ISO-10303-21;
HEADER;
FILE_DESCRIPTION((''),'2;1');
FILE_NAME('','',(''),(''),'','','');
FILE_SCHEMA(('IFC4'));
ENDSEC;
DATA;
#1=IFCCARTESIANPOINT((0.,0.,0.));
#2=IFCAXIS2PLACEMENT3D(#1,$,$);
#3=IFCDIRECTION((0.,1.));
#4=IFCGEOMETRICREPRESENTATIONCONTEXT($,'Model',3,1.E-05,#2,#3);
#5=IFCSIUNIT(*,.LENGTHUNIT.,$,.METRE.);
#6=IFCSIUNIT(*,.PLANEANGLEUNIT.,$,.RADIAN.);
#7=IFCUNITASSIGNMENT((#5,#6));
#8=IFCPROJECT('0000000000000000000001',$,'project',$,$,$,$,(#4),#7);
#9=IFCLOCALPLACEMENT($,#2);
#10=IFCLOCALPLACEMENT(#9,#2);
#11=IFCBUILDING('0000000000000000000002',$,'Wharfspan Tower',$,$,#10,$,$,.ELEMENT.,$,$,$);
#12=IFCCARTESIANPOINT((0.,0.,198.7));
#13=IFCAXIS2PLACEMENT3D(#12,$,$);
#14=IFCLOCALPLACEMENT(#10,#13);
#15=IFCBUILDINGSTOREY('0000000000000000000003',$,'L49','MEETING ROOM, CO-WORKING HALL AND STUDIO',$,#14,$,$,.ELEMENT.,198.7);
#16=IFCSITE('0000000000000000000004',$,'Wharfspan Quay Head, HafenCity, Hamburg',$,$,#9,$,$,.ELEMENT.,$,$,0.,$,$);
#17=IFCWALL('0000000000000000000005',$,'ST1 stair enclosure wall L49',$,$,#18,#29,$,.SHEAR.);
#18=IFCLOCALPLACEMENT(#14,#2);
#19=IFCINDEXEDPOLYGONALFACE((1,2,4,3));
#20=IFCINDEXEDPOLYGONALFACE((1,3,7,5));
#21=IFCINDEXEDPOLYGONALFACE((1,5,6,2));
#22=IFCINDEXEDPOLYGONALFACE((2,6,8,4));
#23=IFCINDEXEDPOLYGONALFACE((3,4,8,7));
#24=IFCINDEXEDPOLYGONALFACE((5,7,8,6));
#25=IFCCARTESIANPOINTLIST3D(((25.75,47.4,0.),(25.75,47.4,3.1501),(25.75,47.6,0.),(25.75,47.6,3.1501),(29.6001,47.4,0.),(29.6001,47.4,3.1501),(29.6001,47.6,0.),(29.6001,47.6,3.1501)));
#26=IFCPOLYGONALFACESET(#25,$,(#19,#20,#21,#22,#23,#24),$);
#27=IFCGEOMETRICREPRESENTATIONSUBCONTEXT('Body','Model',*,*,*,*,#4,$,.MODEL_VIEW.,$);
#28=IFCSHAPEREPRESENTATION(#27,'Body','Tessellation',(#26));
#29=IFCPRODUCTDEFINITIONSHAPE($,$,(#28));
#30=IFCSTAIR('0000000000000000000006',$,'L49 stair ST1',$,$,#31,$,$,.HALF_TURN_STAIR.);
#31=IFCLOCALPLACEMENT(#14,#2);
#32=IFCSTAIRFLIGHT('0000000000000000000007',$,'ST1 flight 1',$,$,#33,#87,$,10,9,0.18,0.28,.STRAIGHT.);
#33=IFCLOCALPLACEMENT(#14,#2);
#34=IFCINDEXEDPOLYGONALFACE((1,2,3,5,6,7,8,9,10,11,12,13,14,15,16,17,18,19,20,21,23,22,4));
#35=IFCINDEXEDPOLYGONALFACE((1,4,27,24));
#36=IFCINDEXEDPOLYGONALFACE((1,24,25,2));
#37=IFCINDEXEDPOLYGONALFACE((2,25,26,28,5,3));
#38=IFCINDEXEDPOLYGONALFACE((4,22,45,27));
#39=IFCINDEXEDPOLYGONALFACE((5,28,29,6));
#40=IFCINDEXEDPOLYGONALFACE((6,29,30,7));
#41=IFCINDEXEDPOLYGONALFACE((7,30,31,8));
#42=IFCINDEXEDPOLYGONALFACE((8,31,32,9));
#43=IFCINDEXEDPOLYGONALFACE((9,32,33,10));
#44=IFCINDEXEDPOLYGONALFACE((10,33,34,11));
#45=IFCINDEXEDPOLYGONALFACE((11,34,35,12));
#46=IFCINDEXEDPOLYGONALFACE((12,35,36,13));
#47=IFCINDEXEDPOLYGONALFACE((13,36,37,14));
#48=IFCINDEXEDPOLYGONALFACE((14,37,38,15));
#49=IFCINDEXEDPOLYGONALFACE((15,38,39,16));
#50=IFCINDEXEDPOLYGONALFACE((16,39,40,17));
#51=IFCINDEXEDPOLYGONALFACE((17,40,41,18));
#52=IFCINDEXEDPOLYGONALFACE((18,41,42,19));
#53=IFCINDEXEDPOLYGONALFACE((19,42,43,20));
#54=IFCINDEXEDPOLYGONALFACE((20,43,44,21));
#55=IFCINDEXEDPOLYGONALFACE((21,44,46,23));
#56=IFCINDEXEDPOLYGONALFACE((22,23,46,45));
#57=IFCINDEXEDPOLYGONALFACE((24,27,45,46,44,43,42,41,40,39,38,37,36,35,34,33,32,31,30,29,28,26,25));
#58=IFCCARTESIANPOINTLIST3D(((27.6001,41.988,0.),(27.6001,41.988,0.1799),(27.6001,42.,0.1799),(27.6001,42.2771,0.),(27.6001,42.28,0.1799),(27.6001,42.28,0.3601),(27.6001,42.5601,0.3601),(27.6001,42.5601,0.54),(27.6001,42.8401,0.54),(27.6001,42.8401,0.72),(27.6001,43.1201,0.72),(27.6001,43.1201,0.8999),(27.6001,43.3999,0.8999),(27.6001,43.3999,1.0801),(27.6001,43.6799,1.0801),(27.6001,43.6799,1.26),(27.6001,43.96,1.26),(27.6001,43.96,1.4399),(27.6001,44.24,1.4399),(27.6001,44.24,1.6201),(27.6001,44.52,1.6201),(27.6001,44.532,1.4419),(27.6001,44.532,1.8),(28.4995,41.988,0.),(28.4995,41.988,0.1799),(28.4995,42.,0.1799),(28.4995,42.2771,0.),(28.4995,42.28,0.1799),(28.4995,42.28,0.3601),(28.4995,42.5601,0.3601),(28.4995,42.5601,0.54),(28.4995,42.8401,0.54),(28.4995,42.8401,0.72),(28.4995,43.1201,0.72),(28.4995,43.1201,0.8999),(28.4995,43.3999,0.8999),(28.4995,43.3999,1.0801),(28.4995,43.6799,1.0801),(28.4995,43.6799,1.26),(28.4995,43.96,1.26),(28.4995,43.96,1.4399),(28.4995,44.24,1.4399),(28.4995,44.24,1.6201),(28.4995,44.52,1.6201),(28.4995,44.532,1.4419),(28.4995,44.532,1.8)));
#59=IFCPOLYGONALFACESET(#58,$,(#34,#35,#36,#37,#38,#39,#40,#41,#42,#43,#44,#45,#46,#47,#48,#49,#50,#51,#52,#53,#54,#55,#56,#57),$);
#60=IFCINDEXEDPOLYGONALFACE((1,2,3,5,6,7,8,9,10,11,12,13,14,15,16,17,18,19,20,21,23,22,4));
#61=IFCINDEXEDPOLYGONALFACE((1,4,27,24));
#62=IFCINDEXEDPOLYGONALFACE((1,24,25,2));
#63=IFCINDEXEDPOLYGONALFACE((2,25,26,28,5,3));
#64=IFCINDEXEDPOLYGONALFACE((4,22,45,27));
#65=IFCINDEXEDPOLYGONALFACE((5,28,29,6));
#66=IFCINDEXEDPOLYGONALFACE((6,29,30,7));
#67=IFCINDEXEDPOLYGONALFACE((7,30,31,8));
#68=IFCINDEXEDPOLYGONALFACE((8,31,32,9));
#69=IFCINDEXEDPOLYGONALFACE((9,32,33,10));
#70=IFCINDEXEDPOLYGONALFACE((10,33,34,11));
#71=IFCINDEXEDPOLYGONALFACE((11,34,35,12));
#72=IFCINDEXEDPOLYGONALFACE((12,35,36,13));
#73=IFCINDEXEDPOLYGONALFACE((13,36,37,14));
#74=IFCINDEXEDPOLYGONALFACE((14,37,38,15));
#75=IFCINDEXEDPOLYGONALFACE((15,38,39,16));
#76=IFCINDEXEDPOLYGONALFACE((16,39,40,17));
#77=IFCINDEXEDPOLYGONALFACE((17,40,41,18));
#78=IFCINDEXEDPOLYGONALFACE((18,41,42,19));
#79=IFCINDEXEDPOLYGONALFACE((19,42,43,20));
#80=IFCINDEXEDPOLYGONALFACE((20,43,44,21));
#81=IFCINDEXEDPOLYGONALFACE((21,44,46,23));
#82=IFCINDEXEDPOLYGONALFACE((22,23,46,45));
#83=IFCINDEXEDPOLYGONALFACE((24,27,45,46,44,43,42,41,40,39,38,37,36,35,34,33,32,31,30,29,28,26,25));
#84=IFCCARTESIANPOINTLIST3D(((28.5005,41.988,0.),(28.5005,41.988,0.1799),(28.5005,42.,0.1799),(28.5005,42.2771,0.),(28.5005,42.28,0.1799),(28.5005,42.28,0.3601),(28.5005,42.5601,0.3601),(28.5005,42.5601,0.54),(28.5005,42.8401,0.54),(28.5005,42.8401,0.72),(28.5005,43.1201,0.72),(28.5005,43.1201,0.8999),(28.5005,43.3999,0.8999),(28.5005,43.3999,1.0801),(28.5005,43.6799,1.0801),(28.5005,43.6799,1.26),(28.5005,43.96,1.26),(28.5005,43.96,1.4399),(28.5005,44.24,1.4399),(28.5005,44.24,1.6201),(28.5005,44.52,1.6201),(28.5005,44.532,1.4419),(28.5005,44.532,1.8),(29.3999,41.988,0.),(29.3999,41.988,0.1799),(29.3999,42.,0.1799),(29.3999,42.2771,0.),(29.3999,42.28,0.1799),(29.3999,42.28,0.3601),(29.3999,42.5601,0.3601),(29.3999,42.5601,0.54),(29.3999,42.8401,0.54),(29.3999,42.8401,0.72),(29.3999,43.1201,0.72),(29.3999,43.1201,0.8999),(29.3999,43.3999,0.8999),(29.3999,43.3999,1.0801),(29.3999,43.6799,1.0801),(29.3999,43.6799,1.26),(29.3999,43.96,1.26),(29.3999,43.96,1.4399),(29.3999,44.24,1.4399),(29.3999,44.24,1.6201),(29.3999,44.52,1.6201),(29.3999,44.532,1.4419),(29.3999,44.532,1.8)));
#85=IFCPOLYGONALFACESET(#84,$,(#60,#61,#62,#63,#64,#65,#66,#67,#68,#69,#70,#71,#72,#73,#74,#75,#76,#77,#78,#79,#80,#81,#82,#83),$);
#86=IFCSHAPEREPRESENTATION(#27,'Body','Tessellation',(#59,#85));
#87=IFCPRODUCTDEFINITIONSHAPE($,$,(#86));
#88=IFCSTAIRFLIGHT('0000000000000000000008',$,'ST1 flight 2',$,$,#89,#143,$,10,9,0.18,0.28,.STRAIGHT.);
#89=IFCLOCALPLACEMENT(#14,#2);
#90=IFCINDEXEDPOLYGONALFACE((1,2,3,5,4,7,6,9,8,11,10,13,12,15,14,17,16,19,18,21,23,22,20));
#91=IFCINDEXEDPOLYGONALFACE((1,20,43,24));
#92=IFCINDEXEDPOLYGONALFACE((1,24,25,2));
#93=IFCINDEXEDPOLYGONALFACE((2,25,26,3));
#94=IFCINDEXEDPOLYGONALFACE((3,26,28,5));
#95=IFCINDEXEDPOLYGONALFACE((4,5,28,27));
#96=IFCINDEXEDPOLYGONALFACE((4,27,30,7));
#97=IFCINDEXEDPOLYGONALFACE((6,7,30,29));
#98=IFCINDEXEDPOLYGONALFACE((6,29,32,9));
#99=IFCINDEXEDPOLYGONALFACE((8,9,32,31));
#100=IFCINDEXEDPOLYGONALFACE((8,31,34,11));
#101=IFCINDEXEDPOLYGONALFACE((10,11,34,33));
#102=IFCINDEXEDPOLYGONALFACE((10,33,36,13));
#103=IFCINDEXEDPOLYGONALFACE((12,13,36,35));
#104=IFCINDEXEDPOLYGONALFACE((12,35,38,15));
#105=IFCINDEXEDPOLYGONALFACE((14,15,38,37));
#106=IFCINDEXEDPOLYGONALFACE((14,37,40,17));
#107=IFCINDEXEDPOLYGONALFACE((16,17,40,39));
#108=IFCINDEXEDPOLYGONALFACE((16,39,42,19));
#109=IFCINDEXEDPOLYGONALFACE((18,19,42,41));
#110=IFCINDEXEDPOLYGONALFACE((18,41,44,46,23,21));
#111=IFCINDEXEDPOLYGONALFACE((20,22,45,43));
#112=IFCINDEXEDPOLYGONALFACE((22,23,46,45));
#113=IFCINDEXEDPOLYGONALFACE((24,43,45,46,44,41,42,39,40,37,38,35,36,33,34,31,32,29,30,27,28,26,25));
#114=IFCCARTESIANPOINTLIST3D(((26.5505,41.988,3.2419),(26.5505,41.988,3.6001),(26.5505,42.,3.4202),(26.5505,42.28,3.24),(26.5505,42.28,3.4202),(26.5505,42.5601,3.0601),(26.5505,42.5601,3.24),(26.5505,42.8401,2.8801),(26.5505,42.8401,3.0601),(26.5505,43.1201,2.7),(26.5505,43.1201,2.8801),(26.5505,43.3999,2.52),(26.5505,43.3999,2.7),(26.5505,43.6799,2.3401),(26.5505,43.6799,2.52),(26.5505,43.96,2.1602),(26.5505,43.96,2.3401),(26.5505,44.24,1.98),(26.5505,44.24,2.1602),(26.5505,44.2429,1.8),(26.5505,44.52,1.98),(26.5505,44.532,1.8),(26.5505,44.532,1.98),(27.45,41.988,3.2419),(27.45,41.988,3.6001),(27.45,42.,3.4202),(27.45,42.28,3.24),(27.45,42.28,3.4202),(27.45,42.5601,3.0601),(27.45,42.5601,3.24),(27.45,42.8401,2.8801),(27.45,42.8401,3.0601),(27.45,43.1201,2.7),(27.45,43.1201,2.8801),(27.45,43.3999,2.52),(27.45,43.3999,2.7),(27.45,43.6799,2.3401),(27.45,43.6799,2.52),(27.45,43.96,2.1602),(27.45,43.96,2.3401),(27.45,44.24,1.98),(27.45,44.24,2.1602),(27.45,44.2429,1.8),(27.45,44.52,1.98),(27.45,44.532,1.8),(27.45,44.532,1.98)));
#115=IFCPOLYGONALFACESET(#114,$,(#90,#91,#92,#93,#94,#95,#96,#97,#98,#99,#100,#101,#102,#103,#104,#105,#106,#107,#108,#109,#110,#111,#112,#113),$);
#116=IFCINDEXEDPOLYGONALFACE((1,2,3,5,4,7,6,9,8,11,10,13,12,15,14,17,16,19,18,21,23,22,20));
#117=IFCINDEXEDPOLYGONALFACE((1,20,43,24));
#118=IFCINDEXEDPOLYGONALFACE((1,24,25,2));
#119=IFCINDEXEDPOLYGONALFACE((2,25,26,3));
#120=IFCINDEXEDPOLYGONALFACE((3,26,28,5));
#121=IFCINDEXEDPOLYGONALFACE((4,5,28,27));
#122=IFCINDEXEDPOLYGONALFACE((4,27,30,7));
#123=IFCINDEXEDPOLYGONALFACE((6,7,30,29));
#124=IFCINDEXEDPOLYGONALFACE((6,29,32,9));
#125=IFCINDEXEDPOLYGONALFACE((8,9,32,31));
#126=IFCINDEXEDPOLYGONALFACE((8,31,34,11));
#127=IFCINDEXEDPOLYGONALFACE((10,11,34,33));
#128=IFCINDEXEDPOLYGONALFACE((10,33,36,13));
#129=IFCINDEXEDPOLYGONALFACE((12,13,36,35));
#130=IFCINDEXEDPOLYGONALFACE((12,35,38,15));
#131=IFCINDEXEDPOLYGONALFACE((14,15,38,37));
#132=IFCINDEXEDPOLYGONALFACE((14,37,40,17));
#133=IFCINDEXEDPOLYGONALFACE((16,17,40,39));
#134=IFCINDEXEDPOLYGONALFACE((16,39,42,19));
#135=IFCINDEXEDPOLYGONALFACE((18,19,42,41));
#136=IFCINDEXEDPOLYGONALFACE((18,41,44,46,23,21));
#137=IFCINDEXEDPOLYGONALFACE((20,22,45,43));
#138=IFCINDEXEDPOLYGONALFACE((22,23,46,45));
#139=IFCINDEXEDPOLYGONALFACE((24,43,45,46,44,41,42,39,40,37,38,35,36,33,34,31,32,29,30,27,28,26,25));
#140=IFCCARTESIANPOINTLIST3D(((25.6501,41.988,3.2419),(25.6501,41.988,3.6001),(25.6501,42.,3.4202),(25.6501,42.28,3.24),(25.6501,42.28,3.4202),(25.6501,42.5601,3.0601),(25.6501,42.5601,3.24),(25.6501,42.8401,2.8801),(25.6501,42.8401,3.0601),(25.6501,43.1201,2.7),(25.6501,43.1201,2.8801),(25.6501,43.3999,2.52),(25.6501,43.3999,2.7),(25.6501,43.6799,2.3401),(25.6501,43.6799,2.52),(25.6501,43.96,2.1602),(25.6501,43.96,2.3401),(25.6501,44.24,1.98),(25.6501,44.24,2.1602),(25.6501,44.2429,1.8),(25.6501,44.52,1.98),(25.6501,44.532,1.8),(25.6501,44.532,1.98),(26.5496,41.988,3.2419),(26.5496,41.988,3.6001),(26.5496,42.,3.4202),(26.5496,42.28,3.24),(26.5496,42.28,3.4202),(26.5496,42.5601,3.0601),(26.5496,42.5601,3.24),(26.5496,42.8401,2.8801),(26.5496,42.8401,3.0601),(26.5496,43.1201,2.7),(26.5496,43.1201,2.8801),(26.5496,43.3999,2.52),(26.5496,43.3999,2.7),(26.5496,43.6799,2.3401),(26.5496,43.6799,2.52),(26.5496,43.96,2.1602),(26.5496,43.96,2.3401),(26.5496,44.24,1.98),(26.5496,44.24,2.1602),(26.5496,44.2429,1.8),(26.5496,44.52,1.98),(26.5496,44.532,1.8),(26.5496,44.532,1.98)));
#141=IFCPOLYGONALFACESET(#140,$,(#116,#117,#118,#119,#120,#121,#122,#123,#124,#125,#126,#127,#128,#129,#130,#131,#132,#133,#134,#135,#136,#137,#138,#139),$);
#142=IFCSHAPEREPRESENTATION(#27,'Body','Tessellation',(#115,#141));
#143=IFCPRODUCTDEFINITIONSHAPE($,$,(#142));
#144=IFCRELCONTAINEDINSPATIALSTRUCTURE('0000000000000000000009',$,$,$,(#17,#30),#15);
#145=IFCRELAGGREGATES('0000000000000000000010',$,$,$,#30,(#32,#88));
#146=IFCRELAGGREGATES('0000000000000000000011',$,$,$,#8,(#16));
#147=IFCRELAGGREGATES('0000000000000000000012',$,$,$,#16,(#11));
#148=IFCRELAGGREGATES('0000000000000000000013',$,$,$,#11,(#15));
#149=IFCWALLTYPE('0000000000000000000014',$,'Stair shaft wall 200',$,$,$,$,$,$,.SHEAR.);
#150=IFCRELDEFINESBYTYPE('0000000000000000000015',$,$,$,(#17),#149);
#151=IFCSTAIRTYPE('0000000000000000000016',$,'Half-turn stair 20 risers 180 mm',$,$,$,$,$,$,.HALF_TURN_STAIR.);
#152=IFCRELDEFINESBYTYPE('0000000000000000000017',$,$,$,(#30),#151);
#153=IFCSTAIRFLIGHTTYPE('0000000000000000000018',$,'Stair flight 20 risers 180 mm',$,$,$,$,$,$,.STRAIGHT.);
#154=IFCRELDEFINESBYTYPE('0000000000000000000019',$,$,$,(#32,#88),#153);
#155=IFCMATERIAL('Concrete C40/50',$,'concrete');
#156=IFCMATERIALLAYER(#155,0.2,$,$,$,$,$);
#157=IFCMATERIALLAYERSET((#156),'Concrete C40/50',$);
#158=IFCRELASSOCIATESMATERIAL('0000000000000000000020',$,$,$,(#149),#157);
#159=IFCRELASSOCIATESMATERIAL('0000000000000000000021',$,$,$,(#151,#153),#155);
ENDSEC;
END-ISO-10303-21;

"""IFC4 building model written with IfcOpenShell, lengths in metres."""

from ifc_helpers import new_model, si_unit, direction, frame, frame_2d, origin, place, context, subcontext, project, spatial, polyline, rectangle, outline, extrude, material, layer, layer_set, type_object, element, aggregate, save


model = new_model("IFC4")

# Units and contexts
model_context = context("Model", 3, precision=1e-05, world=origin(), true_north=direction((0.0, 1.0)))
body_context = subcontext(model_context, "Body", "Model", "MODEL_VIEW")
ifc_project = project(units=[si_unit("LENGTHUNIT", "METRE"), si_unit("PLANEANGLEUNIT", "RADIAN")], contexts=[model_context])

# Site, building, storey
site_placement = place(None, origin())
site = spatial("IfcSite", under=ifc_project, at=site_placement, Name="Wharfspan Quay Head, HafenCity, Hamburg", CompositionType="ELEMENT", RefElevation=0.0)
building_placement = place(site_placement, origin())
building = spatial("IfcBuilding", under=site, at=building_placement, Name="Wharfspan Tower", CompositionType="ELEMENT")
storey_placement = place(building_placement, frame((0.0, 0.0, 198.7)))
storey = spatial("IfcBuildingStorey", under=building, at=storey_placement, Name="L49", Description="MEETING ROOM, CO-WORKING HALL AND STUDIO", CompositionType="ELEMENT", Elevation=198.7)

# Wall
ifc_material_1 = material(Name="Concrete C40/50", Category="concrete")
ifc_layer_1 = layer(ifc_material_1, 0.2)
ifc_layer_set_1 = layer_set([ifc_layer_1], Name="Concrete C40/50")
wall_type_1 = type_object("IfcWallType", Name="Stair shaft wall 200", PredefinedType="SHEAR", material=ifc_layer_set_1)
wall_1_placement = place(storey_placement, frame((25.75, 47.5, 0.0), z_axis=(0.0, 0.0, 1.0), x_axis=(1.0, 0.0, 0.0)))
element("IfcWall", 1, at=wall_1_placement, inside=storey, type_object=wall_type_1, Name="ST1 stair enclosure wall L49", PredefinedType="SHEAR", context=body_context, shape_type="SweptSolid", body=[
    extrude(rectangle(XDim=3.8501, YDim=0.2, at=frame_2d((1.925, 0.0))), origin(), (0.0, 0.0, 1.0), 3.1501),
])

# Stair, stair flights
stair_type = type_object("IfcStairType", Name="Half-turn stair 20 risers 180 mm", PredefinedType="HALF_TURN_STAIR", material=ifc_material_1)
stair_placement = place(storey_placement, origin())
stair = element("IfcStair", 2, at=stair_placement, inside=storey, type_object=stair_type, Name="L49 stair ST1", PredefinedType="HALF_TURN_STAIR")
stair_flight_type = type_object("IfcStairFlightType", Name="Stair flight 20 risers 180 mm", PredefinedType="STRAIGHT", material=ifc_material_1)
stair_flight_1_placement = place(storey_placement, frame((28.5, 42.0, 0.0), z_axis=(0.0, 0.0, 1.0), x_axis=(0.0, 1.0, 0.0)))
stair_flight_1 = element("IfcStairFlight", 3, at=stair_flight_1_placement, type_object=stair_flight_type, Name="ST1 flight 1", NumberOfRisers=10, NumberOfTreads=9, PredefinedType="STRAIGHT", RiserHeight=0.18, TreadLength=0.28, context=body_context, shape_type="SweptSolid", body=[
    extrude(outline(polyline([(-0.012, 0.0), (-0.012, 0.1799), (0.0, 0.1799), (0.28, 0.1799), (0.28, 0.3601), (0.5601, 0.3601), (0.5601, 0.54), (0.8401, 0.54), (0.8401, 0.72), (1.1201, 0.72), (1.1201, 0.8999), (1.3999, 0.8999), (1.3999, 1.0801), (1.6799, 1.0801), (1.6799, 1.26), (1.96, 1.26), (1.96, 1.4399), (2.24, 1.4399), (2.24, 1.6201), (2.52, 1.6201), (2.532, 1.8), (2.532, 1.4419), (0.2771, 0.0), (-0.012, 0.0)])), frame((0.0, 0.8999, 0.0), z_axis=(0.0, -1.0, 0.0), x_axis=(1.0, 0.0, 0.0)), (0.0, 0.0, 1.0), 0.8994),
    extrude(outline(polyline([(-0.012, 0.0), (-0.012, 0.1799), (0.0, 0.1799), (0.28, 0.1799), (0.28, 0.3601), (0.5601, 0.3601), (0.5601, 0.54), (0.8401, 0.54), (0.8401, 0.72), (1.1201, 0.72), (1.1201, 0.8999), (1.3999, 0.8999), (1.3999, 1.0801), (1.6799, 1.0801), (1.6799, 1.26), (1.96, 1.26), (1.96, 1.4399), (2.24, 1.4399), (2.24, 1.6201), (2.52, 1.6201), (2.532, 1.8), (2.532, 1.4419), (0.2771, 0.0), (-0.012, 0.0)])), frame((0.0, -0.0005, 0.0), z_axis=(0.0, -1.0, 0.0), x_axis=(1.0, 0.0, 0.0)), (0.0, 0.0, 1.0), 0.8994),
])
stair_flight_2_placement = place(storey_placement, frame((26.55, 44.52, 1.8), z_axis=(0.0, 0.0, 1.0), x_axis=(0.0, -1.0, 0.0)))
stair_flight_2 = element("IfcStairFlight", 4, at=stair_flight_2_placement, type_object=stair_flight_type, Name="ST1 flight 2", NumberOfRisers=10, NumberOfTreads=9, PredefinedType="STRAIGHT", RiserHeight=0.18, TreadLength=0.28, context=body_context, shape_type="SweptSolid", body=[
    extrude(outline(polyline([(-0.012, 0.0), (-0.012, 0.1799), (0.0, 0.1799), (0.28, 0.1799), (0.28, 0.3601), (0.5601, 0.3601), (0.5601, 0.54), (0.8401, 0.54), (0.8401, 0.72), (1.1201, 0.72), (1.1201, 0.8999), (1.3999, 0.8999), (1.3999, 1.0801), (1.6799, 1.0801), (1.6799, 1.26), (1.96, 1.26), (1.96, 1.4399), (2.24, 1.4399), (2.24, 1.6201), (2.52, 1.6201), (2.532, 1.8), (2.532, 1.4419), (0.2771, 0.0), (-0.012, 0.0)])), frame((0.0, 0.8999, 0.0), z_axis=(0.0, -1.0, 0.0), x_axis=(1.0, 0.0, 0.0)), (0.0, 0.0, 1.0), 0.8994),
    extrude(outline(polyline([(-0.012, 0.0), (-0.012, 0.1799), (0.0, 0.1799), (0.28, 0.1799), (0.28, 0.3601), (0.5601, 0.3601), (0.5601, 0.54), (0.8401, 0.54), (0.8401, 0.72), (1.1201, 0.72), (1.1201, 0.8999), (1.3999, 0.8999), (1.3999, 1.0801), (1.6799, 1.0801), (1.6799, 1.26), (1.96, 1.26), (1.96, 1.4399), (2.24, 1.4399), (2.24, 1.6201), (2.52, 1.6201), (2.532, 1.8), (2.532, 1.4419), (0.2771, 0.0), (-0.012, 0.0)])), frame((0.0, -0.0005, 0.0), z_axis=(0.0, -1.0, 0.0), x_axis=(1.0, 0.0, 0.0)), (0.0, 0.0, 1.0), 0.8994),
])
aggregate(stair, [stair_flight_1, stair_flight_2])

save(model, "model.ifc")
